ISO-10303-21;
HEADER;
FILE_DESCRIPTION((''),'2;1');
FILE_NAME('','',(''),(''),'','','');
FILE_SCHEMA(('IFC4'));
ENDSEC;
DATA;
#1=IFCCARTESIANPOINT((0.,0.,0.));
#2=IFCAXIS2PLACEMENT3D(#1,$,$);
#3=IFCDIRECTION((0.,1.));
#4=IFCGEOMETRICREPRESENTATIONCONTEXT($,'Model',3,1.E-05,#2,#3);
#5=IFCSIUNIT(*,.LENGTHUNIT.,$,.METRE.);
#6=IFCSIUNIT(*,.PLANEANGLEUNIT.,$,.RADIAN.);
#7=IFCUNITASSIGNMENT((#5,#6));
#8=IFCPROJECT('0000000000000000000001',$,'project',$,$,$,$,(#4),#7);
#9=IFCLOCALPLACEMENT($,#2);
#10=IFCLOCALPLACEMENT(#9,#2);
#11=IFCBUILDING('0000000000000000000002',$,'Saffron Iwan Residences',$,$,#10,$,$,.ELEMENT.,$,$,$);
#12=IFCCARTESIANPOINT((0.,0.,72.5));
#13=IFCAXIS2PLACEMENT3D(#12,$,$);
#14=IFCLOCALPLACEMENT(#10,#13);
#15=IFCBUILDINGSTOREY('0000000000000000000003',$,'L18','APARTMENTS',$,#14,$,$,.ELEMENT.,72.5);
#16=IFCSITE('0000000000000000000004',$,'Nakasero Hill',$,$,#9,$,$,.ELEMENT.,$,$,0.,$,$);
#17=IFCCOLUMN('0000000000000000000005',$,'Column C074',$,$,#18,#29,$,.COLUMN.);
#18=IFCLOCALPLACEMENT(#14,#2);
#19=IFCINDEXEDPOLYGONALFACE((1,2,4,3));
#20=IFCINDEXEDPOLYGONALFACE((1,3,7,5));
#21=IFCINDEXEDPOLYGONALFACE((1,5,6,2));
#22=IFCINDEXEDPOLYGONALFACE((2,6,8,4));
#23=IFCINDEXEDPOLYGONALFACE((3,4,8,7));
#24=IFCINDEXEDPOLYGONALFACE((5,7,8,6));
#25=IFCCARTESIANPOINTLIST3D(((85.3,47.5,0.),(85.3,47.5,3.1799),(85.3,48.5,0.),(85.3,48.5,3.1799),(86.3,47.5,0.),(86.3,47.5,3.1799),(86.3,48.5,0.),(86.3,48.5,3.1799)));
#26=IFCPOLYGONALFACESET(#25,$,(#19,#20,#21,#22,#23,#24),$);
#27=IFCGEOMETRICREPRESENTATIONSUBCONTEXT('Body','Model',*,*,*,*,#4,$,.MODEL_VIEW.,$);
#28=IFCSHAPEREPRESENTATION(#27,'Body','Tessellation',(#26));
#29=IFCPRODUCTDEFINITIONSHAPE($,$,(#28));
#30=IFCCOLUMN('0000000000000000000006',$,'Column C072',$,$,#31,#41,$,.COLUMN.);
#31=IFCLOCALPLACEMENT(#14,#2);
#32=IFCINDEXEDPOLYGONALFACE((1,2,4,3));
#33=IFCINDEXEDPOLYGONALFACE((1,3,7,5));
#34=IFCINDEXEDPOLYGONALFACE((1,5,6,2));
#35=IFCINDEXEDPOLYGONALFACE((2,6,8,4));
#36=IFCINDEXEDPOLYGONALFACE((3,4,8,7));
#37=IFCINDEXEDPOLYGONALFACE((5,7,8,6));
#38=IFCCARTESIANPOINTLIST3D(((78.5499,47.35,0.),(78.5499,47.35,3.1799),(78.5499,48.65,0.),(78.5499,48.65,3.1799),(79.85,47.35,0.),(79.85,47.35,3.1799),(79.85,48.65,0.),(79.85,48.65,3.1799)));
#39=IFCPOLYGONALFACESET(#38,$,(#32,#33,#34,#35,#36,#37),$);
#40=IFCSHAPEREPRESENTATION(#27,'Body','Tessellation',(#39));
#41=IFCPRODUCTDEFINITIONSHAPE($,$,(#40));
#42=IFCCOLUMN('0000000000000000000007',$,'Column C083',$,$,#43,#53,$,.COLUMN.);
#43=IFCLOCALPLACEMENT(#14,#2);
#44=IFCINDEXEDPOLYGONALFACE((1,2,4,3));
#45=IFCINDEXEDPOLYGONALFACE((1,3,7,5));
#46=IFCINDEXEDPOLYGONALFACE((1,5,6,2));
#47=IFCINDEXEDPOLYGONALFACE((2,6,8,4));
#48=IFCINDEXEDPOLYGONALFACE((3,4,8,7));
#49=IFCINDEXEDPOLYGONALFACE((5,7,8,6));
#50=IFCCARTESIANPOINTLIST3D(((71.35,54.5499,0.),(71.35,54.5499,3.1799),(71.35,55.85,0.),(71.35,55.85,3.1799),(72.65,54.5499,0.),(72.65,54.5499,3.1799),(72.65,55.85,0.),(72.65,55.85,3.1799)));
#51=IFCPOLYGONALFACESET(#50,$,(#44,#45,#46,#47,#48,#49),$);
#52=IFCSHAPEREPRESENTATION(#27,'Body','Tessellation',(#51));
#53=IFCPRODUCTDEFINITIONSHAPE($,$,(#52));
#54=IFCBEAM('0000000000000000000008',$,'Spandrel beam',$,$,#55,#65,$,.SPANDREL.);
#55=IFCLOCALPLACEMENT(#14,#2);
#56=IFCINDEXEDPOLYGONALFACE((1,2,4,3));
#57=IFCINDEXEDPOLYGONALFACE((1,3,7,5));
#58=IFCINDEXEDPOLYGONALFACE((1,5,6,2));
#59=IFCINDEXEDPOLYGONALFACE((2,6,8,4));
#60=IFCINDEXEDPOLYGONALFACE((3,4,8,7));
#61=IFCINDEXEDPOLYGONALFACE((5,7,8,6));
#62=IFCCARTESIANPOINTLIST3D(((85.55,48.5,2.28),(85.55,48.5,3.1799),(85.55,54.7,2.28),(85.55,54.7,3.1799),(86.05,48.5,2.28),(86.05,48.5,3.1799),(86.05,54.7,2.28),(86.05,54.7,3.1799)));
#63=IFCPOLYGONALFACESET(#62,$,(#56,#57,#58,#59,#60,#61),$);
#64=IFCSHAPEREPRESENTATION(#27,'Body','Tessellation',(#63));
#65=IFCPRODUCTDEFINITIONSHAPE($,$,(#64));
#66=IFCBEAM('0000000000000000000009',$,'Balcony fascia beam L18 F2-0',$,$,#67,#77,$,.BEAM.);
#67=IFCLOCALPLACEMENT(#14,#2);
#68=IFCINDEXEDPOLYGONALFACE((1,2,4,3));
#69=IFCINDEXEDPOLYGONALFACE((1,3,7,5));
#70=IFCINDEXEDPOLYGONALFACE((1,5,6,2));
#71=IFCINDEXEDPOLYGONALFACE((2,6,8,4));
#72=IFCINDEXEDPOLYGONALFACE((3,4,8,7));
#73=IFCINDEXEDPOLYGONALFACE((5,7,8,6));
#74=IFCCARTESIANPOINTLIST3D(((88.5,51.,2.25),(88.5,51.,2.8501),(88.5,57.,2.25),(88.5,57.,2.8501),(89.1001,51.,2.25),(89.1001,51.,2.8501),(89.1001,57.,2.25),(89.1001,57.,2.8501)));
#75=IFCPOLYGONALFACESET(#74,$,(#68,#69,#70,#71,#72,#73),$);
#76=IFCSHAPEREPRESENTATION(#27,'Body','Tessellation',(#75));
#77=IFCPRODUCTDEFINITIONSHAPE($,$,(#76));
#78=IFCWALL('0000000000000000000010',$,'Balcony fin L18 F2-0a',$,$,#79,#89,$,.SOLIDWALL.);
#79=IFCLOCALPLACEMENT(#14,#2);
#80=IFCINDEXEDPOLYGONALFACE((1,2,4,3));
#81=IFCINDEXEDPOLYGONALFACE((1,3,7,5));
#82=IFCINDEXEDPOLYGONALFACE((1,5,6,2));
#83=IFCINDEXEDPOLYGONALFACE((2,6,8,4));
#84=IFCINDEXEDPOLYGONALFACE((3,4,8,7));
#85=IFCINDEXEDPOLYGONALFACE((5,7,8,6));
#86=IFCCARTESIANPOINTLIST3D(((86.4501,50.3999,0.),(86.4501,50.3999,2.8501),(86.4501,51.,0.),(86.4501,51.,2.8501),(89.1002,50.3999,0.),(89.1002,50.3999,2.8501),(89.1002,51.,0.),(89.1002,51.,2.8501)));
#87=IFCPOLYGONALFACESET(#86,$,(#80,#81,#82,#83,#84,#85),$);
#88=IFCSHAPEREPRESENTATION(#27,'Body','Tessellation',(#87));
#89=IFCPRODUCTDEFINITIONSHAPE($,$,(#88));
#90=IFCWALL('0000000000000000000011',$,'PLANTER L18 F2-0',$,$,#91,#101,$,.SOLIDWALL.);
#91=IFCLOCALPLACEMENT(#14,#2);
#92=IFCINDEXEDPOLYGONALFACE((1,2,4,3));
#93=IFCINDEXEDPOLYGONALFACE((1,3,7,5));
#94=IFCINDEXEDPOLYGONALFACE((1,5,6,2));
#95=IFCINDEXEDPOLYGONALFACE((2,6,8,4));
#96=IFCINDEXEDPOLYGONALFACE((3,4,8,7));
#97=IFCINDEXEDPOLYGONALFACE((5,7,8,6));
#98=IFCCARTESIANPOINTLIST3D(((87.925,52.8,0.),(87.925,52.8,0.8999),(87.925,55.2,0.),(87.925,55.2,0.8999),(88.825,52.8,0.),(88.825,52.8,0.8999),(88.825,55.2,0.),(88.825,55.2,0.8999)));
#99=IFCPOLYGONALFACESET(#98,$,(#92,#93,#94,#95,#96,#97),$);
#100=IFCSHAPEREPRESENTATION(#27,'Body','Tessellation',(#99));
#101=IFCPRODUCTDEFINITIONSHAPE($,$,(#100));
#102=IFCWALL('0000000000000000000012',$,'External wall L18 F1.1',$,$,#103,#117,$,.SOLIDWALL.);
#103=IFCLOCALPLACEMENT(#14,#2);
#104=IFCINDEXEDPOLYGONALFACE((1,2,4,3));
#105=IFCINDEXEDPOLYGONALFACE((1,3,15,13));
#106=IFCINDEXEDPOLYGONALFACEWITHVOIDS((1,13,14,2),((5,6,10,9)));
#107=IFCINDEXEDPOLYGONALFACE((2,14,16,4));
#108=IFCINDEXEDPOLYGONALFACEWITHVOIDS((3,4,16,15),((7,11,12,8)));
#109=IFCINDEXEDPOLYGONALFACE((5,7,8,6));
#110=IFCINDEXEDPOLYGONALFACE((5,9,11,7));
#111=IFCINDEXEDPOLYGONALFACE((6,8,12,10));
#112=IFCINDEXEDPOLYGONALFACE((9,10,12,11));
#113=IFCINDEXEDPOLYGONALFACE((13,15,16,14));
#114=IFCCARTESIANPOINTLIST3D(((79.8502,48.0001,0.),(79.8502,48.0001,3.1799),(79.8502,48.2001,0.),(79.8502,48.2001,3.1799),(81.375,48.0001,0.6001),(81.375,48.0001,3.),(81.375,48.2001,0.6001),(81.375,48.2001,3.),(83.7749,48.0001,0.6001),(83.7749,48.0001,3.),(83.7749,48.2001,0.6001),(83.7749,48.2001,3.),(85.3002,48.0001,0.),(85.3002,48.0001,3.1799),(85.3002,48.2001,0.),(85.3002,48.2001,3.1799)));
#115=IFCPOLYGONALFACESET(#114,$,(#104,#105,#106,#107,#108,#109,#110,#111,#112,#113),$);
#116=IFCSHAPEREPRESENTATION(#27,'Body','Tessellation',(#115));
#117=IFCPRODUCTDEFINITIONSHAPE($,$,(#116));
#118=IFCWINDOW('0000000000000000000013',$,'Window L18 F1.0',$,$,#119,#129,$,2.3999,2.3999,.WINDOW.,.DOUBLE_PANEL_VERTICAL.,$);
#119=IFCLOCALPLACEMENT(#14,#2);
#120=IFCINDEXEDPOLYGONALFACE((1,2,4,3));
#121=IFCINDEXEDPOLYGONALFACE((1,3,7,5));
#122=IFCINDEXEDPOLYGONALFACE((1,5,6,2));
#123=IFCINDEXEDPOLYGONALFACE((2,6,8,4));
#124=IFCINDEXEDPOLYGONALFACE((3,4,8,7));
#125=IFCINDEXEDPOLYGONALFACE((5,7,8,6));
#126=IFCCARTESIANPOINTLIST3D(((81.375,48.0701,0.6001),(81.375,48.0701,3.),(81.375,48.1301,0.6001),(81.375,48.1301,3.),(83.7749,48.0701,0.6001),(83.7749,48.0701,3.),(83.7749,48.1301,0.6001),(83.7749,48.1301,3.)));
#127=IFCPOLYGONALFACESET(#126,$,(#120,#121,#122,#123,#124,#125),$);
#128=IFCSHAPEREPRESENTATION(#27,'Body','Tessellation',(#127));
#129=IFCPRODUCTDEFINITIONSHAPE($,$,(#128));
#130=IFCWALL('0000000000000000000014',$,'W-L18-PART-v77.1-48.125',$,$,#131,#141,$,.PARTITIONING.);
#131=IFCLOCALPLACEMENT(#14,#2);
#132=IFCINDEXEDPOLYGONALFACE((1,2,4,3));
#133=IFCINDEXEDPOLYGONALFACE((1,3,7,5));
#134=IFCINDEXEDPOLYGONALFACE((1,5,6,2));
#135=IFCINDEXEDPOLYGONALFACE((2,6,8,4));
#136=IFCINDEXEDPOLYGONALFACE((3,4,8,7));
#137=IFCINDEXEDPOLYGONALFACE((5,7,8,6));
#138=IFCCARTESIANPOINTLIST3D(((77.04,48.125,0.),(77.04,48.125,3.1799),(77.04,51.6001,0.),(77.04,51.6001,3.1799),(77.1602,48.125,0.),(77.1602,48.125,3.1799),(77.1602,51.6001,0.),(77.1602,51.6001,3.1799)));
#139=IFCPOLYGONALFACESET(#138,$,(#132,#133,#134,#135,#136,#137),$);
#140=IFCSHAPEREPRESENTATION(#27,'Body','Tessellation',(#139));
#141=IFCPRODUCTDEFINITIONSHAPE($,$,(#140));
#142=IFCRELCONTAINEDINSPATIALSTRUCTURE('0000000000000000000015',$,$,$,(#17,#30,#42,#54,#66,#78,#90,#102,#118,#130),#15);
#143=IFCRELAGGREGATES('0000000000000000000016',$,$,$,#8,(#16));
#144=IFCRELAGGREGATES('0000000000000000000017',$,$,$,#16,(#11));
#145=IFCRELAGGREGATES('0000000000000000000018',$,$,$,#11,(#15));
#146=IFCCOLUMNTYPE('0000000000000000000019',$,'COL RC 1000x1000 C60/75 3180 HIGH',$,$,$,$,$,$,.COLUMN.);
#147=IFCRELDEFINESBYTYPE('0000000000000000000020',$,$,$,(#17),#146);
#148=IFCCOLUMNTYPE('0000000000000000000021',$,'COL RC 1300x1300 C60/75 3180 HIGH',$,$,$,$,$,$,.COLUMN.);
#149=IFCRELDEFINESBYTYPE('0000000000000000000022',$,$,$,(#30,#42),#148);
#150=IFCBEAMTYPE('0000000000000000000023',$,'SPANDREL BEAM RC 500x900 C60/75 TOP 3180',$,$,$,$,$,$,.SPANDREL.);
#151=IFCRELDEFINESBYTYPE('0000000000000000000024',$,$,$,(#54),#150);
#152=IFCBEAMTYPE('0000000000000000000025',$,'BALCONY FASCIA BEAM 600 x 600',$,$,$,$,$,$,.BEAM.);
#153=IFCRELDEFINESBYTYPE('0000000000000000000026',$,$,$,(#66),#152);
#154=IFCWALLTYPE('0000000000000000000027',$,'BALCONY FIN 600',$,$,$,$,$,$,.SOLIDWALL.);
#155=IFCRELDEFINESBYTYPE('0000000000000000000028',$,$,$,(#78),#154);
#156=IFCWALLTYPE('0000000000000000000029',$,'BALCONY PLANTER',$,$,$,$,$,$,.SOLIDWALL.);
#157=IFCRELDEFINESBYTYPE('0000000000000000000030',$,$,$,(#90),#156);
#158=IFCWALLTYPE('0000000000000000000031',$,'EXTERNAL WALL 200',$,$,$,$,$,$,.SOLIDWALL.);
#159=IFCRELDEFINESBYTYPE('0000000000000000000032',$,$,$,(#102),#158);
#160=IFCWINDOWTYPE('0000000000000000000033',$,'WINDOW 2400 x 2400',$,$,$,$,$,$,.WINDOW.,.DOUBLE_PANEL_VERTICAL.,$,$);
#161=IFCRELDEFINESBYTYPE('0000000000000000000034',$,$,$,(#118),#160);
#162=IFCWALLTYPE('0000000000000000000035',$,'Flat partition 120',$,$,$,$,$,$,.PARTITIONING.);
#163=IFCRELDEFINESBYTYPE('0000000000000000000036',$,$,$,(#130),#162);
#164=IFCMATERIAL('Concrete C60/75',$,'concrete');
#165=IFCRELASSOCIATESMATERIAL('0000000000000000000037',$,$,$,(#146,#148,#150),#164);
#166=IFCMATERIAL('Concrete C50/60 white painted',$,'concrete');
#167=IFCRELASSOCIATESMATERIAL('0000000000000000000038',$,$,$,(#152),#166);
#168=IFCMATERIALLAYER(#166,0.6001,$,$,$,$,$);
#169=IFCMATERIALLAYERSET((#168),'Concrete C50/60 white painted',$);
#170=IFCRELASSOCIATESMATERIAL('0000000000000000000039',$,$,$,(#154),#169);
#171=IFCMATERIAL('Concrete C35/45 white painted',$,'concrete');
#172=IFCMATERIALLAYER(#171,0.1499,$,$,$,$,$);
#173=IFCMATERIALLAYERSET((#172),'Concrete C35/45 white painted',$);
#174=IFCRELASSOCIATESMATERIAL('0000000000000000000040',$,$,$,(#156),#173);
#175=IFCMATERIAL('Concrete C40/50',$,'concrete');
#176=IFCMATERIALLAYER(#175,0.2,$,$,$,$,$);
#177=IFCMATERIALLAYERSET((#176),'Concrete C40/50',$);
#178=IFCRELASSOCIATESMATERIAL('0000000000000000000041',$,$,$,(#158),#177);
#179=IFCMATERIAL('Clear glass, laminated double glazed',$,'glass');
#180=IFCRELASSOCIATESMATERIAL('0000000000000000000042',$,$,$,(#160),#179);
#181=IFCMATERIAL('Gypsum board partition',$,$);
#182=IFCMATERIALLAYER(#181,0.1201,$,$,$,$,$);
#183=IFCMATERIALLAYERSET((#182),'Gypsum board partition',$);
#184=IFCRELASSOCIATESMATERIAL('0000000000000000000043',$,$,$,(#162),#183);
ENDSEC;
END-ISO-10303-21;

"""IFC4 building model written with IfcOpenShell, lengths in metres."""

from ifc_helpers import new_model, si_unit, direction, frame, frame_2d, origin, origin_2d, place, context, subcontext, project, spatial, rectangle, extrude, source, transform, mapped, material, layer, layer_set, material_profile, profile_set, type_object, element, fill, save


model = new_model("IFC4")

# Units and contexts
model_context = context("Model", 3, precision=1e-05, world=origin(), true_north=direction((0.0, 1.0)))
body_context = subcontext(model_context, "Body", "Model", "MODEL_VIEW")
ifc_project = project(units=[si_unit("LENGTHUNIT", "METRE"), si_unit("PLANEANGLEUNIT", "RADIAN")], contexts=[model_context])

# Site, building, storey
site_placement = place(None, origin())
site = spatial("IfcSite", under=ifc_project, at=site_placement, Name="Nakasero Hill", CompositionType="ELEMENT", RefElevation=0.0)
building_placement = place(site_placement, origin())
building = spatial("IfcBuilding", under=site, at=building_placement, Name="Saffron Iwan Residences", CompositionType="ELEMENT")
storey_placement = place(building_placement, frame((0.0, 0.0, 72.5)))
storey = spatial("IfcBuildingStorey", under=building, at=storey_placement, Name="L18", Description="APARTMENTS", CompositionType="ELEMENT", Elevation=72.5)

# Columns
ifc_material_1 = material(Name="Concrete C60/75", Category="concrete")
ifc_material_profile_1 = material_profile(ifc_material_1, rectangle(XDim=1.0, YDim=1.0, at=origin_2d()), Name="RC 1000x1000")
ifc_profile_set_1 = profile_set([ifc_material_profile_1], Name="Concrete C60/75")
column_type_1 = type_object("IfcColumnType", Name="COL RC 1000x1000 C60/75 3180 HIGH", PredefinedType="COLUMN", material=ifc_profile_set_1)
shared_shape_1 = source(origin(), body_context, "Body", "SweptSolid", [
    extrude(rectangle(XDim=1.0, YDim=1.0, at=origin_2d()), origin(), (0.0, 0.0, 1.0), 3.1799),
])
column_placement = place(storey_placement, frame((85.8, 48.0, 0.0), z_axis=(0.0, 0.0, 1.0), x_axis=(1.0, 0.0, 0.0)))
element("IfcColumn", 1, at=column_placement, inside=storey, type_object=column_type_1, Name="Column C074", PredefinedType="COLUMN", context=body_context, shape_type="MappedRepresentation", body=[
    mapped(shared_shape_1, transform((0.0, 0.0, 0.0))),
])
ifc_material_profile_2 = material_profile(ifc_material_1, rectangle(XDim=1.3, YDim=1.3, at=origin_2d()), Name="RC 1300x1300")
ifc_profile_set_2 = profile_set([ifc_material_profile_2], Name="Concrete C60/75")
column_type_2 = type_object("IfcColumnType", Name="COL RC 1300x1300 C60/75 3180 HIGH", PredefinedType="COLUMN", material=ifc_profile_set_2)
shared_shape_2 = source(origin(), body_context, "Body", "SweptSolid", [
    extrude(rectangle(XDim=1.3, YDim=1.3, at=origin_2d()), origin(), (0.0, 0.0, 1.0), 3.1799),
])
for number, where, z_axis, x_axis, name in (
    (2, (79.2, 48.0, 0.0), (0.0, 0.0, 1.0), (1.0, 0.0, 0.0), "Column C072"),
    (3, (72.0, 55.2, 0.0), (0.0, 0.0, 1.0), (1.0, 0.0, 0.0), "Column C083"),
):
    element("IfcColumn", number, at=place(storey_placement, frame(where, z_axis=z_axis, x_axis=x_axis)), inside=storey, type_object=column_type_2, Name=name, PredefinedType="COLUMN", context=body_context, shape_type="MappedRepresentation", body=[
        mapped(shared_shape_2, transform((0.0, 0.0, 0.0))),
    ])

# Beams
ifc_material_profile_3 = material_profile(ifc_material_1, rectangle(XDim=0.5, YDim=0.8999, at=origin_2d()), Name="RC 500x900")
ifc_profile_set_3 = profile_set([ifc_material_profile_3], Name="Concrete C60/75")
beam_type_1 = type_object("IfcBeamType", Name="SPANDREL BEAM RC 500x900 C60/75 TOP 3180", PredefinedType="SPANDREL", material=ifc_profile_set_3)
shared_shape_3 = source(origin(), body_context, "Body", "SweptSolid", [
    extrude(rectangle(XDim=0.5, YDim=0.8999, at=origin_2d()), origin(), (0.0, 0.0, 1.0), 6.2),
])
beam_1_placement = place(storey_placement, frame((85.8, 54.7, 2.73), z_axis=(0.0, -1.0, 0.0), x_axis=(1.0, 0.0, 0.0)))
element("IfcBeam", 4, at=beam_1_placement, inside=storey, type_object=beam_type_1, Name="Spandrel beam", PredefinedType="SPANDREL", context=body_context, shape_type="MappedRepresentation", body=[
    mapped(shared_shape_3, transform((0.0, 0.0, 0.0))),
])
ifc_material_2 = material(Name="Concrete C50/60 white painted", Category="concrete")
ifc_material_profile_4 = material_profile(ifc_material_2, rectangle(XDim=0.6001, YDim=0.6001, at=origin_2d()), Name="BALCONY FASCIA BEAM 600 x 600")
ifc_profile_set_4 = profile_set([ifc_material_profile_4], Name="Concrete C50/60 white painted")
beam_type_2 = type_object("IfcBeamType", Name="BALCONY FASCIA BEAM 600 x 600", PredefinedType="BEAM", material=ifc_profile_set_4)
shared_shape_4 = source(origin(), body_context, "Body", "SweptSolid", [
    extrude(rectangle(XDim=0.6001, YDim=0.6001, at=origin_2d()), origin(), (0.0, 0.0, 1.0), 6.0),
])
beam_2_placement = place(storey_placement, frame((88.8, 51.0, 2.55), z_axis=(0.0, 1.0, 0.0), x_axis=(-1.0, 0.0, 0.0)))
element("IfcBeam", 5, at=beam_2_placement, inside=storey, type_object=beam_type_2, Name="Balcony fascia beam L18 F2-0", PredefinedType="BEAM", context=body_context, shape_type="MappedRepresentation", body=[
    mapped(shared_shape_4, transform((0.0, 0.0, 0.0))),
])

# Walls
ifc_layer_1 = layer(ifc_material_2, 0.6001)
ifc_layer_set_1 = layer_set([ifc_layer_1], Name="Concrete C50/60 white painted")
wall_type_1 = type_object("IfcWallType", Name="BALCONY FIN 600", PredefinedType="SOLIDWALL", material=ifc_layer_set_1)
wall_1_placement = place(storey_placement, frame((86.45, 50.7, 0.0), z_axis=(0.0, 0.0, 1.0), x_axis=(1.0, 0.0, 0.0)))
element("IfcWall", 6, at=wall_1_placement, inside=storey, type_object=wall_type_1, Name="Balcony fin L18 F2-0a", PredefinedType="SOLIDWALL", context=body_context, shape_type="SweptSolid", body=[
    extrude(rectangle(XDim=2.6501, YDim=0.6001, at=frame_2d((1.3252, 0.0))), origin(), (0.0, 0.0, 1.0), 2.8501),
])
ifc_material_3 = material(Name="Concrete C35/45 white painted", Category="concrete")
ifc_layer_2 = layer(ifc_material_3, 0.1499)
ifc_layer_set_2 = layer_set([ifc_layer_2], Name="Concrete C35/45 white painted")
wall_type_2 = type_object("IfcWallType", Name="BALCONY PLANTER", PredefinedType="SOLIDWALL", material=ifc_layer_set_2)
wall_2_placement = place(storey_placement, frame((88.375, 52.8, 0.0), z_axis=(0.0, 0.0, 1.0), x_axis=(0.0, 1.0, 0.0)))
element("IfcWall", 7, at=wall_2_placement, inside=storey, type_object=wall_type_2, Name="PLANTER L18 F2-0", PredefinedType="SOLIDWALL", context=body_context, shape_type="SweptSolid", body=[
    extrude(rectangle(XDim=2.3999, YDim=0.8999, at=frame_2d((1.2, 0.0))), origin(), (0.0, 0.0, 1.0), 0.8999),
])

# Wall, opening, window
ifc_material_4 = material(Name="Concrete C40/50", Category="concrete")
ifc_layer_3 = layer(ifc_material_4, 0.2)
ifc_layer_set_3 = layer_set([ifc_layer_3], Name="Concrete C40/50")
wall_type_3 = type_object("IfcWallType", Name="EXTERNAL WALL 200", PredefinedType="SOLIDWALL", material=ifc_layer_set_3)
wall_3_placement = place(storey_placement, frame((79.8501, 48.1001, 0.0), z_axis=(0.0, 0.0, 1.0), x_axis=(1.0, 0.0, 0.0)))
wall_3 = element("IfcWall", 8, at=wall_3_placement, inside=storey, type_object=wall_type_3, Name="External wall L18 F1.1", PredefinedType="SOLIDWALL", context=body_context, shape_type="SweptSolid", body=[
    extrude(rectangle(XDim=5.45, YDim=0.2, at=frame_2d((2.7251, 0.0))), origin(), (0.0, 0.0, 1.0), 3.1799),
])
opening_1_placement = place(wall_3_placement, frame((1.5249, 0.0, 0.6001)))
opening_1 = element("IfcOpeningElement", 9, at=opening_1_placement, cuts=wall_3, PredefinedType="OPENING", context=body_context, shape_type="SweptSolid", body=[
    extrude(rectangle(XDim=2.3999, YDim=2.3999, at=frame_2d((1.2, 1.2))), frame((0.0, 0.1099, 0.0), z_axis=(0.0, -1.0, 0.0), x_axis=(1.0, 0.0, 0.0)), (0.0, 0.0, 1.0), 0.22),
])
ifc_material_5 = material(Name="Clear glass, laminated double glazed", Category="glass")
window_type_1 = type_object("IfcWindowType", Name="WINDOW 2400 x 2400", PartitioningType="DOUBLE_PANEL_VERTICAL", PredefinedType="WINDOW", material=ifc_material_5)
window_1_placement = place(opening_1_placement, origin())
window_1 = element("IfcWindow", 10, at=window_1_placement, inside=storey, type_object=window_type_1, Name="Window L18 F1.0", OverallHeight=2.3999, OverallWidth=2.3999, PartitioningType="DOUBLE_PANEL_VERTICAL", PredefinedType="WINDOW", context=body_context, shape_type="SweptSolid", body=[
    extrude(rectangle(XDim=2.3999, YDim=2.3999, at=frame_2d((1.2, 1.2))), frame((0.0, 0.03, 0.0), z_axis=(0.0, -1.0, 0.0), x_axis=(1.0, 0.0, 0.0)), (0.0, 0.0, 1.0), 0.0601),
])
fill(opening_1, window_1)

# Wall
ifc_material_6 = material(Name="Gypsum board partition")
ifc_layer_4 = layer(ifc_material_6, 0.1201)
ifc_layer_set_4 = layer_set([ifc_layer_4], Name="Gypsum board partition")
wall_type_4 = type_object("IfcWallType", Name="Flat partition 120", PredefinedType="PARTITIONING", material=ifc_layer_set_4)
wall_4_placement = place(storey_placement, frame((77.1001, 48.125, 0.0), z_axis=(0.0, 0.0, 1.0), x_axis=(0.0, 1.0, 0.0)))
element("IfcWall", 11, at=wall_4_placement, inside=storey, type_object=wall_type_4, Name="W-L18-PART-v77.1-48.125", PredefinedType="PARTITIONING", context=body_context, shape_type="SweptSolid", body=[
    extrude(rectangle(XDim=3.4751, YDim=0.1201, at=frame_2d((1.7375, 0.0))), origin(), (0.0, 0.0, 1.0), 3.1799),
])

save(model, "model.ifc")
